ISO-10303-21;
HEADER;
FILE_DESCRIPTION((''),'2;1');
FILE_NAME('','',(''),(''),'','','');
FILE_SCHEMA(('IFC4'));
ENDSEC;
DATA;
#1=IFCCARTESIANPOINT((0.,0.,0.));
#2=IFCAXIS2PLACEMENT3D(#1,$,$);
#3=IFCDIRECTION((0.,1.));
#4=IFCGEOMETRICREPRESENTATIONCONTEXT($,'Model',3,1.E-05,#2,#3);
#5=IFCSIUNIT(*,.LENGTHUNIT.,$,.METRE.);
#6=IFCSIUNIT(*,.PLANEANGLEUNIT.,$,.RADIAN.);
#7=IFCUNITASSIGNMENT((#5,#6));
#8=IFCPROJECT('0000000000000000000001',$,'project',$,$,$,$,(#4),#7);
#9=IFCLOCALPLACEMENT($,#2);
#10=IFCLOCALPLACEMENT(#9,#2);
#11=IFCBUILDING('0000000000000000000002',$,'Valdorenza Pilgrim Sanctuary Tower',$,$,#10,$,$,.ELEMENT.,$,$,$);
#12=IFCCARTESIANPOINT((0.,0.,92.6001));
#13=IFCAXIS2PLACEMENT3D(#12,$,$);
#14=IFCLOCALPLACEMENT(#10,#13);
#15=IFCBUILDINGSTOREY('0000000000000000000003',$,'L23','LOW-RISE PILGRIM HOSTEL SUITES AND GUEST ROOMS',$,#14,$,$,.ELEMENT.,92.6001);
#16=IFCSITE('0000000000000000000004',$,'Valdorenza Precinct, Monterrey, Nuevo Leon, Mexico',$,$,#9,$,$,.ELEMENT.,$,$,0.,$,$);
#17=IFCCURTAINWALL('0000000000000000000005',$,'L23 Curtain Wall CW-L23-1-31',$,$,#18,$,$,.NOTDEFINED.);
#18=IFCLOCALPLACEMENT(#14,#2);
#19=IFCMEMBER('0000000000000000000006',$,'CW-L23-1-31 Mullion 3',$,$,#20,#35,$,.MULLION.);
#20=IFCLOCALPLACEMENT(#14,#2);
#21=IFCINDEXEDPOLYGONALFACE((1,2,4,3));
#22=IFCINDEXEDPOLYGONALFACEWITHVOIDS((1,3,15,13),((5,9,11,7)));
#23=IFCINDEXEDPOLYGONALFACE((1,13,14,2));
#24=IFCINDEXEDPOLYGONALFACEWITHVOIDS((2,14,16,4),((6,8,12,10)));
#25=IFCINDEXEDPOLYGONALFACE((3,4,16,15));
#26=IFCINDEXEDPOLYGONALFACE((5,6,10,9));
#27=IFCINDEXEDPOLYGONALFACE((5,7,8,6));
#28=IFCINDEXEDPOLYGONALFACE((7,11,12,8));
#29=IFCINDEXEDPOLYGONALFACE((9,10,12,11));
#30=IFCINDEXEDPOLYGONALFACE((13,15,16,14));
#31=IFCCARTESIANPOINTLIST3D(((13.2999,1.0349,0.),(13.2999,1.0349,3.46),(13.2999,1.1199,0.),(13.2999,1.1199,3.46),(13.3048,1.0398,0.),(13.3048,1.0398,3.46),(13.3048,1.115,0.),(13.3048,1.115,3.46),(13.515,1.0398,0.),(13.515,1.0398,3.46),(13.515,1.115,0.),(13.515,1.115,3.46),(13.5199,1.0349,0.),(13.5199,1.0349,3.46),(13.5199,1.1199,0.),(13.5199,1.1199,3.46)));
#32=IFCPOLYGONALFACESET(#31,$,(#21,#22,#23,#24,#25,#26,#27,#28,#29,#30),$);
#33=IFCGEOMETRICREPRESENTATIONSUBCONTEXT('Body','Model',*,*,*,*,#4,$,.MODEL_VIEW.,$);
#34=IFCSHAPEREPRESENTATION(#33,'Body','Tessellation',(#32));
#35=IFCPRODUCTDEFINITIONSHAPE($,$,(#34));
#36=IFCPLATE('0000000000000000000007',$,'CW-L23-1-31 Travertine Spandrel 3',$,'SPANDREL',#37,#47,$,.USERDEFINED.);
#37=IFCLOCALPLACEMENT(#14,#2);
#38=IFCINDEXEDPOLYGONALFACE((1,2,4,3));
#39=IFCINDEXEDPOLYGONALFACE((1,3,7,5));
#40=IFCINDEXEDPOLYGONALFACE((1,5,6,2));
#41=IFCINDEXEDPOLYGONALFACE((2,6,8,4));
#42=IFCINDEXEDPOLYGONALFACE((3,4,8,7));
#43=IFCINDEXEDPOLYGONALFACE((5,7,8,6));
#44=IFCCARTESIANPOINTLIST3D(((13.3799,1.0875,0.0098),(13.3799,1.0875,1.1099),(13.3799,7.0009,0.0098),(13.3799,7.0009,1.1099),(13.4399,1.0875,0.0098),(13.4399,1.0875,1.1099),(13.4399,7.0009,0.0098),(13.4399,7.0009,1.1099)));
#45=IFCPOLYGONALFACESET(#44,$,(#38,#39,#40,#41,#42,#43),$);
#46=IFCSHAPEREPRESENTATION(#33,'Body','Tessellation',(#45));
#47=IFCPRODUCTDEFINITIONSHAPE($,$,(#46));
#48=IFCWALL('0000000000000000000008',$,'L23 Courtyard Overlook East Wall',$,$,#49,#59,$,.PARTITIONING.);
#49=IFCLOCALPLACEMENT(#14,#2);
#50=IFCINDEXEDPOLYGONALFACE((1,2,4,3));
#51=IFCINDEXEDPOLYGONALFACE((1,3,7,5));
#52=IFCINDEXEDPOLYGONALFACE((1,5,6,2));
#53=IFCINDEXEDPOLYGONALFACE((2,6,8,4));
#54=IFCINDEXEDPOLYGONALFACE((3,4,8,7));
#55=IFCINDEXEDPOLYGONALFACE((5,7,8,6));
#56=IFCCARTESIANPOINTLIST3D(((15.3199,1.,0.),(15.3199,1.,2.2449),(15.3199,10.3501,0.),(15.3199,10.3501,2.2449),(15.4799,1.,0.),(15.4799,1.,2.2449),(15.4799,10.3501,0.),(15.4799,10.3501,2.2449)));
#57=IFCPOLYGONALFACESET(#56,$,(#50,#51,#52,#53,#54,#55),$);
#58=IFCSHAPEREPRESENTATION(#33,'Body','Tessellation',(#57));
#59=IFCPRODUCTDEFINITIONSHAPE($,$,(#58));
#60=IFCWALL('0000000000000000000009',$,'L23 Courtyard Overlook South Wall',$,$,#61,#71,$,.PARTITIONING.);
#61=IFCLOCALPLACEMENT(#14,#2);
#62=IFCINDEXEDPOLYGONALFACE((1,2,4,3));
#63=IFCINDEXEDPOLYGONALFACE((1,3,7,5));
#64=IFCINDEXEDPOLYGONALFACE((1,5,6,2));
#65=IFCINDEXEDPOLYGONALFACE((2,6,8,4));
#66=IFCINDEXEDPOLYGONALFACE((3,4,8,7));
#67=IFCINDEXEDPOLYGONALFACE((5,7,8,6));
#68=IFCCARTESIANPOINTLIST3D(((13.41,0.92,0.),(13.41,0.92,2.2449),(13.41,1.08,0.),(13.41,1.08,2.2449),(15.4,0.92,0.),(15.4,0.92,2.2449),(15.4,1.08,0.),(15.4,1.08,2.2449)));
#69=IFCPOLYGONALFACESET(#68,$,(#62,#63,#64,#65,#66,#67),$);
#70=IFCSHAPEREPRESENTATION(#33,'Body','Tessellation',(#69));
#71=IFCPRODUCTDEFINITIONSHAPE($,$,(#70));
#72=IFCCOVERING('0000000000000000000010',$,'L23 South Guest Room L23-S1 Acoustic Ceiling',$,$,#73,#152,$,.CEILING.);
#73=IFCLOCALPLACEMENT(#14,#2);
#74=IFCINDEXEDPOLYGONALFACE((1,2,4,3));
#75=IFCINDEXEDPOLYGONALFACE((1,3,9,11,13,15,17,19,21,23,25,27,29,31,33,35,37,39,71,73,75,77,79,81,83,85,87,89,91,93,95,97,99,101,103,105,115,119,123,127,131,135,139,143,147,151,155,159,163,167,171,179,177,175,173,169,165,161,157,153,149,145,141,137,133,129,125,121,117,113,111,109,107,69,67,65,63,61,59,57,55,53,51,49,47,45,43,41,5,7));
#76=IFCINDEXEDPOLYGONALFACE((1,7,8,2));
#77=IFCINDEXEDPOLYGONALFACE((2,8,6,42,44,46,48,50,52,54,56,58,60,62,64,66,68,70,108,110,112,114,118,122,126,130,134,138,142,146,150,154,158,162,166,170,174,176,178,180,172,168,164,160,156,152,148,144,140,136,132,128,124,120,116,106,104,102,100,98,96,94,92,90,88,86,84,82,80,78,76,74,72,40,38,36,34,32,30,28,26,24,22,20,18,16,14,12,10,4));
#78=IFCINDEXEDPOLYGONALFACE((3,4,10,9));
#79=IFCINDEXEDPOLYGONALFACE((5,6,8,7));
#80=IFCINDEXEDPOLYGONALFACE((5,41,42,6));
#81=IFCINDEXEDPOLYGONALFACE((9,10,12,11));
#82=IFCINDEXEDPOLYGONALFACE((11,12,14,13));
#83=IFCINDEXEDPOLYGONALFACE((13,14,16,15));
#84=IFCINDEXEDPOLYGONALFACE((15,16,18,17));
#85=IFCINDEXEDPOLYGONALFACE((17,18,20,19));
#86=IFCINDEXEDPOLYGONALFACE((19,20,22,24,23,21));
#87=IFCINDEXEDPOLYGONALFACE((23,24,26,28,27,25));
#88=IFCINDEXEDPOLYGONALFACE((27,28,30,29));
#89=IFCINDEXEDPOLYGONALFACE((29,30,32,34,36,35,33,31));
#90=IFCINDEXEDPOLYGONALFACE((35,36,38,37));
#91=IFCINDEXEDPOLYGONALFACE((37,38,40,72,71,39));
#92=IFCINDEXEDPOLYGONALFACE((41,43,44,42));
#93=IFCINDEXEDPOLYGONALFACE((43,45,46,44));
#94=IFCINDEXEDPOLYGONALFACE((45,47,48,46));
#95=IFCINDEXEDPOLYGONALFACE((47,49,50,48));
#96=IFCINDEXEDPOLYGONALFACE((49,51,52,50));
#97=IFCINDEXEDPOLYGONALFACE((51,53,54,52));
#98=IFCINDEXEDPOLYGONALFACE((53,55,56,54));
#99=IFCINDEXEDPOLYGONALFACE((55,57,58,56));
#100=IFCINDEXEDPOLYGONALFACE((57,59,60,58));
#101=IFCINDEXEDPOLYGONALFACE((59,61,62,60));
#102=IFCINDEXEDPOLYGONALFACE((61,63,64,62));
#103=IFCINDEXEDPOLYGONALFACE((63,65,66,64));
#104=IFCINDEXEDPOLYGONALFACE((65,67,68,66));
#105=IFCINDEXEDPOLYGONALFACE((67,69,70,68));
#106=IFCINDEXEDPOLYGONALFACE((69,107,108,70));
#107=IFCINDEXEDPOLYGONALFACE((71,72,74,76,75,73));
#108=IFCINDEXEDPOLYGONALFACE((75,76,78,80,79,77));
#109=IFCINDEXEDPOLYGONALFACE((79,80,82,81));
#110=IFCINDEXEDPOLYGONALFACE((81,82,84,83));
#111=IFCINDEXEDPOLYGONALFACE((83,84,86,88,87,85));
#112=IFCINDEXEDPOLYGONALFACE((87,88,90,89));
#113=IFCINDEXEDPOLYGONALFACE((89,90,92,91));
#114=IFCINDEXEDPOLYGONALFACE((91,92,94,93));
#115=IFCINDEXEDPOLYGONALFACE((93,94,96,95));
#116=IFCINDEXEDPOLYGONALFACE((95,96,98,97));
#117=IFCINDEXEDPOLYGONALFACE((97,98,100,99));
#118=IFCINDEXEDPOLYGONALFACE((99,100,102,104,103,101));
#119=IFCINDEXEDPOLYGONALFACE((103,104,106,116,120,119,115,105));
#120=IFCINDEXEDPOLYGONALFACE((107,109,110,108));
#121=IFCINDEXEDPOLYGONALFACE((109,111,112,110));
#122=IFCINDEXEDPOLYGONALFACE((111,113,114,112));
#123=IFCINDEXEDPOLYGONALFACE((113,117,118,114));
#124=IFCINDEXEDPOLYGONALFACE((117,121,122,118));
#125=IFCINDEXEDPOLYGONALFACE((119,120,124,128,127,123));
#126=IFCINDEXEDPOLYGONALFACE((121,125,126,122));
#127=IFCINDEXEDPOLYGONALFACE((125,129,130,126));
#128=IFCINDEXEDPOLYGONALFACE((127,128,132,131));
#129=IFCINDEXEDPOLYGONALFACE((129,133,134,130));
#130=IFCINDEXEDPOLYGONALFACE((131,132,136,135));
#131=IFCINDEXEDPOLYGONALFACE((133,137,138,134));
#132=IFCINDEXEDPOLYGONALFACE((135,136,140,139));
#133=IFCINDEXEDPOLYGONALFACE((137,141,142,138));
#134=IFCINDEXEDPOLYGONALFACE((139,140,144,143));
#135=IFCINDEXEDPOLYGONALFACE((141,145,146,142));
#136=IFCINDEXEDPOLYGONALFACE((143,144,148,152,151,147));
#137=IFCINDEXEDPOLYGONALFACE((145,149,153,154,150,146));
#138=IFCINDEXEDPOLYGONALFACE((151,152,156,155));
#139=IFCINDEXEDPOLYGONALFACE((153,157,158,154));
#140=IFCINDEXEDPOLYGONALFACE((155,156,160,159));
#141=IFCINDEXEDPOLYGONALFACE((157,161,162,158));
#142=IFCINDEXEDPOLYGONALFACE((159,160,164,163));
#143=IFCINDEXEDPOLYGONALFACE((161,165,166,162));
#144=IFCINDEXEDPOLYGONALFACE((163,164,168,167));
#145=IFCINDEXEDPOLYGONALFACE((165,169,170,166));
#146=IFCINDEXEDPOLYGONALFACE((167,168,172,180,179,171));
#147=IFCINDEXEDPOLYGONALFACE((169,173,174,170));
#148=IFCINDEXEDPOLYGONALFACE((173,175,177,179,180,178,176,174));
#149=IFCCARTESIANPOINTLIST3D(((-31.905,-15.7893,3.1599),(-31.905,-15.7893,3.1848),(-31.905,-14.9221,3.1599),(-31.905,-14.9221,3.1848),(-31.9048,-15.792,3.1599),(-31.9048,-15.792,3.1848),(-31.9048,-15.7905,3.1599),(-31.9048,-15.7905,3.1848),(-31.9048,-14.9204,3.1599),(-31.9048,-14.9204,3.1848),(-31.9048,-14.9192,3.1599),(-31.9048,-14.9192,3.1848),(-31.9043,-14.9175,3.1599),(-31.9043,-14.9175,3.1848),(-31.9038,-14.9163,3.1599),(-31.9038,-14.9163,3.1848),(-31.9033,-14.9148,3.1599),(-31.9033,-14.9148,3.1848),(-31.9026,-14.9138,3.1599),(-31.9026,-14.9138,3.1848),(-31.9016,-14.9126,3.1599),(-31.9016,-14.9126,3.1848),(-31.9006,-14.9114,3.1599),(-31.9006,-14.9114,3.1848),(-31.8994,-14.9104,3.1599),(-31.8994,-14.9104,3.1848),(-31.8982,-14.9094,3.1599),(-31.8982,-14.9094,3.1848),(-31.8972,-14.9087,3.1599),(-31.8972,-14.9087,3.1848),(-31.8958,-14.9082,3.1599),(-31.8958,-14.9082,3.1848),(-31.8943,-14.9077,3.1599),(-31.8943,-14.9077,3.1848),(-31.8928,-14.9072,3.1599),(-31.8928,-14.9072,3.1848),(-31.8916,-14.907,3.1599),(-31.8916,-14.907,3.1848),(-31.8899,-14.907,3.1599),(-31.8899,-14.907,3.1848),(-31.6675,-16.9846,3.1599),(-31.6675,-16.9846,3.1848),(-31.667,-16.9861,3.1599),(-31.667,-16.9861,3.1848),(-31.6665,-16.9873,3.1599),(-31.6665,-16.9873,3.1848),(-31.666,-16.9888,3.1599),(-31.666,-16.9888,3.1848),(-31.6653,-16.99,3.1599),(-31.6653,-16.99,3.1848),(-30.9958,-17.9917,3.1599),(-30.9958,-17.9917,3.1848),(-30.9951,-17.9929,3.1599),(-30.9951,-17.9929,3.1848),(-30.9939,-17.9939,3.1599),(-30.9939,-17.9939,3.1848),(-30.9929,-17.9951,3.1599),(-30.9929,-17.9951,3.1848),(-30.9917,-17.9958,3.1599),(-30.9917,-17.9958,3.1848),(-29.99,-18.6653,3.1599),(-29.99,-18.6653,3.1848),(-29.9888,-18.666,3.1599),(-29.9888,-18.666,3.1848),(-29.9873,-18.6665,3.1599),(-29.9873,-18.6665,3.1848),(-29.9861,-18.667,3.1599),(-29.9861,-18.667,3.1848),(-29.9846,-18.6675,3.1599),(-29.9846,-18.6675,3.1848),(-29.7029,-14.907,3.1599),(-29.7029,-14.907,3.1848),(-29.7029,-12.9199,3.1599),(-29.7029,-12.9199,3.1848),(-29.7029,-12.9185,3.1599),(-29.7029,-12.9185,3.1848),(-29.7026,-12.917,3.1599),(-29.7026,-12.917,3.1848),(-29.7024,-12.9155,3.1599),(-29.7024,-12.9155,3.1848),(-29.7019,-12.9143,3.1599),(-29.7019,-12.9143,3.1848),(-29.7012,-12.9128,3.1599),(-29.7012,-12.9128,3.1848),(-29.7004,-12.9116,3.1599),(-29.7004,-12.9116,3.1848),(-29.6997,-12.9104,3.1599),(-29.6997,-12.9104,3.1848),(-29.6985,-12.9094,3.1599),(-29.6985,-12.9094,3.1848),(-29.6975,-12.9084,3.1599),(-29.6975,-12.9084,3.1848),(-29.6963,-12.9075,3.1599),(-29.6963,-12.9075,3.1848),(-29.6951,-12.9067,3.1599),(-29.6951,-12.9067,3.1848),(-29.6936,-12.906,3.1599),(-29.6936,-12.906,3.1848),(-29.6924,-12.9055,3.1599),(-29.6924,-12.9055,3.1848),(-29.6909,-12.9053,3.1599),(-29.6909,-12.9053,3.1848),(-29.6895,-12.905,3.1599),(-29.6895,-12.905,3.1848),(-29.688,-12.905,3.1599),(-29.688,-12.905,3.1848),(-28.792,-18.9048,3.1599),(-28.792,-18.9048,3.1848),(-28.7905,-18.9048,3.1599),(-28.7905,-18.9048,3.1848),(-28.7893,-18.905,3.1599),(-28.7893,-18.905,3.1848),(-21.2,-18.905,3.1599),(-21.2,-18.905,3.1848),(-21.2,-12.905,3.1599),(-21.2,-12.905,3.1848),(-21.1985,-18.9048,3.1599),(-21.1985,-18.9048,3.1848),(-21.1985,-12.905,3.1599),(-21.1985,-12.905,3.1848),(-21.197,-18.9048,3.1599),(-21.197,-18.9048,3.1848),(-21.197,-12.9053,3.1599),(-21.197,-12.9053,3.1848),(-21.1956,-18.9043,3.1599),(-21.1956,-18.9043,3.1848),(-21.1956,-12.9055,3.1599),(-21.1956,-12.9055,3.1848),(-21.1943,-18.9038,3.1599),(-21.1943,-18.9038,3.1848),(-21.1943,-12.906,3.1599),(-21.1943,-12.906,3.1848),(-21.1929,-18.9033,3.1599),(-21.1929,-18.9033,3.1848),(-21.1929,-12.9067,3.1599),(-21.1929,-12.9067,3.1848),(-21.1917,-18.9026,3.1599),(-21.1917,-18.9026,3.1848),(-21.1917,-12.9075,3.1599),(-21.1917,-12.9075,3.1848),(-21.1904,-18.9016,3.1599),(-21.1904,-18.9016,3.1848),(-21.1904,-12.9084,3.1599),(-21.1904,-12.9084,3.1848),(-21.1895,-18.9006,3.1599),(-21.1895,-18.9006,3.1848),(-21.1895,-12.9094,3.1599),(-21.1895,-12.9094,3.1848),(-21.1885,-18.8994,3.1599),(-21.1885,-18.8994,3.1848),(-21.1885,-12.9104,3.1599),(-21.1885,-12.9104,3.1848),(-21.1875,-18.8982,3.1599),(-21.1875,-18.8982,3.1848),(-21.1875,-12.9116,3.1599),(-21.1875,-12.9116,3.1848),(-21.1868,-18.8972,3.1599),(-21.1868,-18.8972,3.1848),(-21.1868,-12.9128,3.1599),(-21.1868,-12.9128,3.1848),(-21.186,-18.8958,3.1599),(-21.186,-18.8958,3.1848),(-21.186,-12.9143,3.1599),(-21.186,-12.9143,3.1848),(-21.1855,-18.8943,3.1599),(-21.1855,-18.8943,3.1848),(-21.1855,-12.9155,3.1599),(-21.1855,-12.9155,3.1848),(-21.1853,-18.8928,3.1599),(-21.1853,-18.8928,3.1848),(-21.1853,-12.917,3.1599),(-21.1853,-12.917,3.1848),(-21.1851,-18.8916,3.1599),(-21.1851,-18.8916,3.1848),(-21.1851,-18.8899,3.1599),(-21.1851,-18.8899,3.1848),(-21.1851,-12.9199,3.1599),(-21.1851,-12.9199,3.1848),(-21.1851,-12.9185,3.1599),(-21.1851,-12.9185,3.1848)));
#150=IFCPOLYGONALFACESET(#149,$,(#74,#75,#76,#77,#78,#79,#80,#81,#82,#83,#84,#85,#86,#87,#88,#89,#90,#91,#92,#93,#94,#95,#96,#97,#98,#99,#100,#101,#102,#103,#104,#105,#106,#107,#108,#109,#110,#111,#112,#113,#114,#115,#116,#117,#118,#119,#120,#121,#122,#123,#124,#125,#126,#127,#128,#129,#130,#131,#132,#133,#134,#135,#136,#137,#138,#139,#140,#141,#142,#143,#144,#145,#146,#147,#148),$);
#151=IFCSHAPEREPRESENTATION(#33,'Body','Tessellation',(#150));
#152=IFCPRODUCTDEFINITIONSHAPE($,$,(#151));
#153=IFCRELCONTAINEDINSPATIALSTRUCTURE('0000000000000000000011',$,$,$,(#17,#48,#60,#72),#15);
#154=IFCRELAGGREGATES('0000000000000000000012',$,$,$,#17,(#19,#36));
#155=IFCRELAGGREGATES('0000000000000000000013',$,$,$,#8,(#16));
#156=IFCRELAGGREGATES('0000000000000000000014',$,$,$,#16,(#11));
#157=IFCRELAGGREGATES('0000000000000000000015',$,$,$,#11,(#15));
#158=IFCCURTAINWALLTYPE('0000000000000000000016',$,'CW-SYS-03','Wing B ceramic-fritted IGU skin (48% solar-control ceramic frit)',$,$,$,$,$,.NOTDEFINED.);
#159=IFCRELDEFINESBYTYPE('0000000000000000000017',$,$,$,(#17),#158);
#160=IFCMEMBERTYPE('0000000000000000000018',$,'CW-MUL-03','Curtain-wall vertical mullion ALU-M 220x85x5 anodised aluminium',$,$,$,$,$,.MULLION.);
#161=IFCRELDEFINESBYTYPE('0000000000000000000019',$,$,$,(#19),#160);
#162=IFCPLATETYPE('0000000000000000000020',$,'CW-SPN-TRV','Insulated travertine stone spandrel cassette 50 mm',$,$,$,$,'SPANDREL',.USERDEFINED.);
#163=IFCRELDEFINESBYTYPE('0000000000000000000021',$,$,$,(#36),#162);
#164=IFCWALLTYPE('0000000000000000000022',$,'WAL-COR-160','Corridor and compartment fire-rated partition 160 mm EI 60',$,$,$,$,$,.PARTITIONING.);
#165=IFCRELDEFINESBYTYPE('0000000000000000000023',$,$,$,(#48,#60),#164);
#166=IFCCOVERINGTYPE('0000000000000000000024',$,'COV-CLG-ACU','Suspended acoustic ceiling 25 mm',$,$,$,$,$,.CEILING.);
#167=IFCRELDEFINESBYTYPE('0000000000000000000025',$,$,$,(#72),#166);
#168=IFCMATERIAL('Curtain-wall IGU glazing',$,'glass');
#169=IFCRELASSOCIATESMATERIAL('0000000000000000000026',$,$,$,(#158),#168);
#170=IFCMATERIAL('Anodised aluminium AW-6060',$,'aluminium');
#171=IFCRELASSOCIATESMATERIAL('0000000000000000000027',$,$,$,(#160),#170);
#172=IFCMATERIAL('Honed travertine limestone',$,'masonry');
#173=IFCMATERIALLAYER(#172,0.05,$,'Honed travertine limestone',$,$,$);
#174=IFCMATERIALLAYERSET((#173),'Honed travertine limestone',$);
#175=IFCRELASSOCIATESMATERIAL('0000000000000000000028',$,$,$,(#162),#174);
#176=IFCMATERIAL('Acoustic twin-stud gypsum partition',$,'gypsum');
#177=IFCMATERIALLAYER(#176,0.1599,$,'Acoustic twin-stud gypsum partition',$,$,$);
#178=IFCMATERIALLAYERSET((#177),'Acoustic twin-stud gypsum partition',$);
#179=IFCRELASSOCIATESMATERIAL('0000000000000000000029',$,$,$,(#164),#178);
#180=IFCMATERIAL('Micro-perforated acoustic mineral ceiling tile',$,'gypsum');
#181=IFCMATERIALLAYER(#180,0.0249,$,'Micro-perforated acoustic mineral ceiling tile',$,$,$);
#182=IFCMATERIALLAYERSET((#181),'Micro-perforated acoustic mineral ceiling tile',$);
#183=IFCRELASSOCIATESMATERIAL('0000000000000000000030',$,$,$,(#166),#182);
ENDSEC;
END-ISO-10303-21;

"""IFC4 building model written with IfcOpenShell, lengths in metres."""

from ifc_helpers import new_model, si_unit, direction, frame, frame_2d, origin, origin_2d, place, context, subcontext, project, spatial, polyline, rectangle, hollow_rectangle, outline, extrude, source, transform, mapped, material, layer, layer_set, material_profile, profile_set, type_object, element, aggregate, save


model = new_model("IFC4")

# Units and contexts
model_context = context("Model", 3, precision=1e-05, world=origin(), true_north=direction((0.0, 1.0)))
body_context = subcontext(model_context, "Body", "Model", "MODEL_VIEW")
ifc_project = project(units=[si_unit("LENGTHUNIT", "METRE"), si_unit("PLANEANGLEUNIT", "RADIAN")], contexts=[model_context])

# Site, building, storey
site_placement = place(None, origin())
site = spatial("IfcSite", under=ifc_project, at=site_placement, Name="Valdorenza Precinct, Monterrey, Nuevo Leon, Mexico", CompositionType="ELEMENT", RefElevation=0.0)
building_placement = place(site_placement, origin())
building = spatial("IfcBuilding", under=site, at=building_placement, Name="Valdorenza Pilgrim Sanctuary Tower", CompositionType="ELEMENT")
storey_placement = place(building_placement, frame((0.0, 0.0, 92.6001)))
storey = spatial("IfcBuildingStorey", under=building, at=storey_placement, Name="L23", Description="LOW-RISE PILGRIM HOSTEL SUITES AND GUEST ROOMS", CompositionType="ELEMENT", Elevation=92.6001)

# Curtain wall, member, plate
ifc_material_1 = material(Name="Curtain-wall IGU glazing", Category="glass")
curtain_wall_type = type_object("IfcCurtainWallType", Name="CW-SYS-03", Description="Wing B ceramic-fritted IGU skin (48% solar-control ceramic frit)", PredefinedType="NOTDEFINED", material=ifc_material_1)
curtain_wall_placement = place(storey_placement, origin())
curtain_wall = element("IfcCurtainWall", 1, at=curtain_wall_placement, inside=storey, type_object=curtain_wall_type, Name="L23 Curtain Wall CW-L23-1-31", PredefinedType="NOTDEFINED")
ifc_material_2 = material(Name="Anodised aluminium AW-6060", Category="aluminium")
ifc_material_profile = material_profile(ifc_material_2, hollow_rectangle(XDim=0.085, YDim=0.22, WallThickness=0.0049, at=origin_2d()), Name="ALU-M 220x85x5")
ifc_profile_set = profile_set([ifc_material_profile], Name="Anodised aluminium AW-6060")
member_type = type_object("IfcMemberType", Name="CW-MUL-03", Description="Curtain-wall vertical mullion ALU-M 220x85x5 anodised aluminium", PredefinedType="MULLION", material=ifc_profile_set)
shared_shape_1 = source(origin(), body_context, "Body", "SweptSolid", [
    extrude(hollow_rectangle(XDim=0.085, YDim=0.22, WallThickness=0.0049, at=origin_2d()), origin(), (0.0, 0.0, 1.0), 3.46),
])
member_placement = place(storey_placement, frame((13.4099, 1.0774, 0.0), z_axis=(0.0, 0.0, 1.0), x_axis=(0.0, 1.0, 0.0)))
member = element("IfcMember", 2, at=member_placement, type_object=member_type, Name="CW-L23-1-31 Mullion 3", PredefinedType="MULLION", context=body_context, shape_type="MappedRepresentation", body=[
    mapped(shared_shape_1, transform((0.0, 0.0, 0.0), x_axis=(1.0, 0.0, 0.0), y_axis=(0.0, 1.0, 0.0), z_axis=(0.0, 0.0, 1.0), scale=1.0)),
])
ifc_material_3 = material(Name="Honed travertine limestone", Category="masonry")
ifc_layer_1 = layer(ifc_material_3, 0.05, Name="Honed travertine limestone")
ifc_layer_set_1 = layer_set([ifc_layer_1], Name="Honed travertine limestone")
plate_type = type_object("IfcPlateType", Name="CW-SPN-TRV", Description="Insulated travertine stone spandrel cassette 50 mm", ElementType="SPANDREL", PredefinedType="USERDEFINED", material=ifc_layer_set_1)
shared_shape_2 = source(origin(), body_context, "Body", "SweptSolid", [
    extrude(rectangle(XDim=5.9133, YDim=0.0601, at=origin_2d()), origin(), (0.0, 0.0, 1.0), 1.1001),
])
plate_placement = place(storey_placement, frame((13.4099, 4.0442, 0.0098), z_axis=(0.0, 0.0, 1.0), x_axis=(0.0, 1.0, 0.0)))
plate = element("IfcPlate", 3, at=plate_placement, type_object=plate_type, Name="CW-L23-1-31 Travertine Spandrel 3", ObjectType="SPANDREL", PredefinedType="USERDEFINED", context=body_context, shape_type="MappedRepresentation", body=[
    mapped(shared_shape_2, transform((0.0, 0.0, 0.0), x_axis=(1.0, 0.0, 0.0), y_axis=(0.0, 1.0, 0.0), z_axis=(0.0, 0.0, 1.0), scale=1.0)),
])
aggregate(curtain_wall, [member, plate])

# Walls
ifc_material_4 = material(Name="Acoustic twin-stud gypsum partition", Category="gypsum")
ifc_layer_2 = layer(ifc_material_4, 0.1599, Name="Acoustic twin-stud gypsum partition")
ifc_layer_set_2 = layer_set([ifc_layer_2], Name="Acoustic twin-stud gypsum partition")
wall_type = type_object("IfcWallType", Name="WAL-COR-160", Description="Corridor and compartment fire-rated partition 160 mm EI 60", PredefinedType="PARTITIONING", material=ifc_layer_set_2)
wall_1_placement = place(storey_placement, frame((15.3999, 1.0, 0.0), z_axis=(0.0, 0.0, 1.0), x_axis=(0.0, 1.0, 0.0)))
element("IfcWall", 4, at=wall_1_placement, inside=storey, type_object=wall_type, Name="L23 Courtyard Overlook East Wall", PredefinedType="PARTITIONING", context=body_context, shape_type="SweptSolid", body=[
    extrude(rectangle(XDim=9.3501, YDim=0.1599, at=frame_2d((4.675, 0.0))), origin(), (0.0, 0.0, 1.0), 2.2449),
])
wall_2_placement = place(storey_placement, frame((13.4099, 1.0, 0.0), z_axis=(0.0, 0.0, 1.0), x_axis=(1.0, 0.0, 0.0)))
element("IfcWall", 5, at=wall_2_placement, inside=storey, type_object=wall_type, Name="L23 Courtyard Overlook South Wall", PredefinedType="PARTITIONING", context=body_context, shape_type="SweptSolid", body=[
    extrude(rectangle(XDim=1.99, YDim=0.1599, at=frame_2d((0.9951, 0.0))), origin(), (0.0, 0.0, 1.0), 2.2449),
])

# Covering
ifc_material_5 = material(Name="Micro-perforated acoustic mineral ceiling tile", Category="gypsum")
ifc_layer_3 = layer(ifc_material_5, 0.0249, Name="Micro-perforated acoustic mineral ceiling tile")
ifc_layer_set_3 = layer_set([ifc_layer_3], Name="Micro-perforated acoustic mineral ceiling tile")
covering_type_1 = type_object("IfcCoveringType", Name="COV-CLG-ACU", Description="Suspended acoustic ceiling 25 mm", PredefinedType="CEILING", material=ifc_layer_set_3)
covering_1_placement = place(storey_placement, frame((0.0, 0.0, 3.1599)))
element("IfcCovering", 6, at=covering_1_placement, inside=storey, type_object=covering_type_1, Name="L23 South Guest Room L23-S1 Acoustic Ceiling", PredefinedType="CEILING", context=body_context, shape_type="SweptSolid", body=[
    extrude(outline(polyline([(-29.7029, -14.907), (-29.7029, -12.9199), (-29.7029, -12.9185), (-29.7026, -12.917), (-29.7024, -12.9155), (-29.7019, -12.9143), (-29.7012, -12.9128), (-29.7004, -12.9116), (-29.6997, -12.9104), (-29.6985, -12.9094), (-29.6975, -12.9084), (-29.6963, -12.9075), (-29.6951, -12.9067), (-29.6936, -12.906), (-29.6924, -12.9055), (-29.6909, -12.9053), (-29.6895, -12.905), (-29.688, -12.905), (-21.2, -12.905), (-21.1985, -12.905), (-21.197, -12.9053), (-21.1956, -12.9055), (-21.1943, -12.906), (-21.1929, -12.9067), (-21.1917, -12.9075), (-21.1904, -12.9084), (-21.1895, -12.9094), (-21.1885, -12.9104), (-21.1875, -12.9116), (-21.1868, -12.9128), (-21.186, -12.9143), (-21.1855, -12.9155), (-21.1853, -12.917), (-21.1851, -12.9185), (-21.1851, -12.9199), (-21.1851, -18.8899), (-21.1851, -18.8916), (-21.1853, -18.8928), (-21.1855, -18.8943), (-21.186, -18.8958), (-21.1868, -18.8972), (-21.1875, -18.8982), (-21.1885, -18.8994), (-21.1895, -18.9006), (-21.1904, -18.9016), (-21.1917, -18.9026), (-21.1929, -18.9033), (-21.1943, -18.9038), (-21.1956, -18.9043), (-21.197, -18.9048), (-21.1985, -18.9048), (-21.2, -18.905), (-28.7893, -18.905), (-28.7905, -18.9048), (-28.792, -18.9048), (-29.9846, -18.6675), (-29.9861, -18.667), (-29.9873, -18.6665), (-29.9888, -18.666), (-29.99, -18.6653), (-30.9917, -17.9958), (-30.9929, -17.9951), (-30.9939, -17.9939), (-30.9951, -17.9929), (-30.9958, -17.9917), (-31.6653, -16.99), (-31.666, -16.9888), (-31.6665, -16.9873), (-31.667, -16.9861), (-31.6675, -16.9846), (-31.9048, -15.792), (-31.9048, -15.7905), (-31.905, -15.7893), (-31.905, -14.9221), (-31.9048, -14.9204), (-31.9048, -14.9192), (-31.9043, -14.9175), (-31.9038, -14.9163), (-31.9033, -14.9148), (-31.9026, -14.9138), (-31.9016, -14.9126), (-31.9006, -14.9114), (-31.8994, -14.9104), (-31.8982, -14.9094), (-31.8972, -14.9087), (-31.8958, -14.9082), (-31.8943, -14.9077), (-31.8928, -14.9072), (-31.8916, -14.907), (-31.8899, -14.907), (-29.7029, -14.907)])), origin(), (0.0, 0.0, 1.0), 0.0249),
])

save(model, "model.ifc")
